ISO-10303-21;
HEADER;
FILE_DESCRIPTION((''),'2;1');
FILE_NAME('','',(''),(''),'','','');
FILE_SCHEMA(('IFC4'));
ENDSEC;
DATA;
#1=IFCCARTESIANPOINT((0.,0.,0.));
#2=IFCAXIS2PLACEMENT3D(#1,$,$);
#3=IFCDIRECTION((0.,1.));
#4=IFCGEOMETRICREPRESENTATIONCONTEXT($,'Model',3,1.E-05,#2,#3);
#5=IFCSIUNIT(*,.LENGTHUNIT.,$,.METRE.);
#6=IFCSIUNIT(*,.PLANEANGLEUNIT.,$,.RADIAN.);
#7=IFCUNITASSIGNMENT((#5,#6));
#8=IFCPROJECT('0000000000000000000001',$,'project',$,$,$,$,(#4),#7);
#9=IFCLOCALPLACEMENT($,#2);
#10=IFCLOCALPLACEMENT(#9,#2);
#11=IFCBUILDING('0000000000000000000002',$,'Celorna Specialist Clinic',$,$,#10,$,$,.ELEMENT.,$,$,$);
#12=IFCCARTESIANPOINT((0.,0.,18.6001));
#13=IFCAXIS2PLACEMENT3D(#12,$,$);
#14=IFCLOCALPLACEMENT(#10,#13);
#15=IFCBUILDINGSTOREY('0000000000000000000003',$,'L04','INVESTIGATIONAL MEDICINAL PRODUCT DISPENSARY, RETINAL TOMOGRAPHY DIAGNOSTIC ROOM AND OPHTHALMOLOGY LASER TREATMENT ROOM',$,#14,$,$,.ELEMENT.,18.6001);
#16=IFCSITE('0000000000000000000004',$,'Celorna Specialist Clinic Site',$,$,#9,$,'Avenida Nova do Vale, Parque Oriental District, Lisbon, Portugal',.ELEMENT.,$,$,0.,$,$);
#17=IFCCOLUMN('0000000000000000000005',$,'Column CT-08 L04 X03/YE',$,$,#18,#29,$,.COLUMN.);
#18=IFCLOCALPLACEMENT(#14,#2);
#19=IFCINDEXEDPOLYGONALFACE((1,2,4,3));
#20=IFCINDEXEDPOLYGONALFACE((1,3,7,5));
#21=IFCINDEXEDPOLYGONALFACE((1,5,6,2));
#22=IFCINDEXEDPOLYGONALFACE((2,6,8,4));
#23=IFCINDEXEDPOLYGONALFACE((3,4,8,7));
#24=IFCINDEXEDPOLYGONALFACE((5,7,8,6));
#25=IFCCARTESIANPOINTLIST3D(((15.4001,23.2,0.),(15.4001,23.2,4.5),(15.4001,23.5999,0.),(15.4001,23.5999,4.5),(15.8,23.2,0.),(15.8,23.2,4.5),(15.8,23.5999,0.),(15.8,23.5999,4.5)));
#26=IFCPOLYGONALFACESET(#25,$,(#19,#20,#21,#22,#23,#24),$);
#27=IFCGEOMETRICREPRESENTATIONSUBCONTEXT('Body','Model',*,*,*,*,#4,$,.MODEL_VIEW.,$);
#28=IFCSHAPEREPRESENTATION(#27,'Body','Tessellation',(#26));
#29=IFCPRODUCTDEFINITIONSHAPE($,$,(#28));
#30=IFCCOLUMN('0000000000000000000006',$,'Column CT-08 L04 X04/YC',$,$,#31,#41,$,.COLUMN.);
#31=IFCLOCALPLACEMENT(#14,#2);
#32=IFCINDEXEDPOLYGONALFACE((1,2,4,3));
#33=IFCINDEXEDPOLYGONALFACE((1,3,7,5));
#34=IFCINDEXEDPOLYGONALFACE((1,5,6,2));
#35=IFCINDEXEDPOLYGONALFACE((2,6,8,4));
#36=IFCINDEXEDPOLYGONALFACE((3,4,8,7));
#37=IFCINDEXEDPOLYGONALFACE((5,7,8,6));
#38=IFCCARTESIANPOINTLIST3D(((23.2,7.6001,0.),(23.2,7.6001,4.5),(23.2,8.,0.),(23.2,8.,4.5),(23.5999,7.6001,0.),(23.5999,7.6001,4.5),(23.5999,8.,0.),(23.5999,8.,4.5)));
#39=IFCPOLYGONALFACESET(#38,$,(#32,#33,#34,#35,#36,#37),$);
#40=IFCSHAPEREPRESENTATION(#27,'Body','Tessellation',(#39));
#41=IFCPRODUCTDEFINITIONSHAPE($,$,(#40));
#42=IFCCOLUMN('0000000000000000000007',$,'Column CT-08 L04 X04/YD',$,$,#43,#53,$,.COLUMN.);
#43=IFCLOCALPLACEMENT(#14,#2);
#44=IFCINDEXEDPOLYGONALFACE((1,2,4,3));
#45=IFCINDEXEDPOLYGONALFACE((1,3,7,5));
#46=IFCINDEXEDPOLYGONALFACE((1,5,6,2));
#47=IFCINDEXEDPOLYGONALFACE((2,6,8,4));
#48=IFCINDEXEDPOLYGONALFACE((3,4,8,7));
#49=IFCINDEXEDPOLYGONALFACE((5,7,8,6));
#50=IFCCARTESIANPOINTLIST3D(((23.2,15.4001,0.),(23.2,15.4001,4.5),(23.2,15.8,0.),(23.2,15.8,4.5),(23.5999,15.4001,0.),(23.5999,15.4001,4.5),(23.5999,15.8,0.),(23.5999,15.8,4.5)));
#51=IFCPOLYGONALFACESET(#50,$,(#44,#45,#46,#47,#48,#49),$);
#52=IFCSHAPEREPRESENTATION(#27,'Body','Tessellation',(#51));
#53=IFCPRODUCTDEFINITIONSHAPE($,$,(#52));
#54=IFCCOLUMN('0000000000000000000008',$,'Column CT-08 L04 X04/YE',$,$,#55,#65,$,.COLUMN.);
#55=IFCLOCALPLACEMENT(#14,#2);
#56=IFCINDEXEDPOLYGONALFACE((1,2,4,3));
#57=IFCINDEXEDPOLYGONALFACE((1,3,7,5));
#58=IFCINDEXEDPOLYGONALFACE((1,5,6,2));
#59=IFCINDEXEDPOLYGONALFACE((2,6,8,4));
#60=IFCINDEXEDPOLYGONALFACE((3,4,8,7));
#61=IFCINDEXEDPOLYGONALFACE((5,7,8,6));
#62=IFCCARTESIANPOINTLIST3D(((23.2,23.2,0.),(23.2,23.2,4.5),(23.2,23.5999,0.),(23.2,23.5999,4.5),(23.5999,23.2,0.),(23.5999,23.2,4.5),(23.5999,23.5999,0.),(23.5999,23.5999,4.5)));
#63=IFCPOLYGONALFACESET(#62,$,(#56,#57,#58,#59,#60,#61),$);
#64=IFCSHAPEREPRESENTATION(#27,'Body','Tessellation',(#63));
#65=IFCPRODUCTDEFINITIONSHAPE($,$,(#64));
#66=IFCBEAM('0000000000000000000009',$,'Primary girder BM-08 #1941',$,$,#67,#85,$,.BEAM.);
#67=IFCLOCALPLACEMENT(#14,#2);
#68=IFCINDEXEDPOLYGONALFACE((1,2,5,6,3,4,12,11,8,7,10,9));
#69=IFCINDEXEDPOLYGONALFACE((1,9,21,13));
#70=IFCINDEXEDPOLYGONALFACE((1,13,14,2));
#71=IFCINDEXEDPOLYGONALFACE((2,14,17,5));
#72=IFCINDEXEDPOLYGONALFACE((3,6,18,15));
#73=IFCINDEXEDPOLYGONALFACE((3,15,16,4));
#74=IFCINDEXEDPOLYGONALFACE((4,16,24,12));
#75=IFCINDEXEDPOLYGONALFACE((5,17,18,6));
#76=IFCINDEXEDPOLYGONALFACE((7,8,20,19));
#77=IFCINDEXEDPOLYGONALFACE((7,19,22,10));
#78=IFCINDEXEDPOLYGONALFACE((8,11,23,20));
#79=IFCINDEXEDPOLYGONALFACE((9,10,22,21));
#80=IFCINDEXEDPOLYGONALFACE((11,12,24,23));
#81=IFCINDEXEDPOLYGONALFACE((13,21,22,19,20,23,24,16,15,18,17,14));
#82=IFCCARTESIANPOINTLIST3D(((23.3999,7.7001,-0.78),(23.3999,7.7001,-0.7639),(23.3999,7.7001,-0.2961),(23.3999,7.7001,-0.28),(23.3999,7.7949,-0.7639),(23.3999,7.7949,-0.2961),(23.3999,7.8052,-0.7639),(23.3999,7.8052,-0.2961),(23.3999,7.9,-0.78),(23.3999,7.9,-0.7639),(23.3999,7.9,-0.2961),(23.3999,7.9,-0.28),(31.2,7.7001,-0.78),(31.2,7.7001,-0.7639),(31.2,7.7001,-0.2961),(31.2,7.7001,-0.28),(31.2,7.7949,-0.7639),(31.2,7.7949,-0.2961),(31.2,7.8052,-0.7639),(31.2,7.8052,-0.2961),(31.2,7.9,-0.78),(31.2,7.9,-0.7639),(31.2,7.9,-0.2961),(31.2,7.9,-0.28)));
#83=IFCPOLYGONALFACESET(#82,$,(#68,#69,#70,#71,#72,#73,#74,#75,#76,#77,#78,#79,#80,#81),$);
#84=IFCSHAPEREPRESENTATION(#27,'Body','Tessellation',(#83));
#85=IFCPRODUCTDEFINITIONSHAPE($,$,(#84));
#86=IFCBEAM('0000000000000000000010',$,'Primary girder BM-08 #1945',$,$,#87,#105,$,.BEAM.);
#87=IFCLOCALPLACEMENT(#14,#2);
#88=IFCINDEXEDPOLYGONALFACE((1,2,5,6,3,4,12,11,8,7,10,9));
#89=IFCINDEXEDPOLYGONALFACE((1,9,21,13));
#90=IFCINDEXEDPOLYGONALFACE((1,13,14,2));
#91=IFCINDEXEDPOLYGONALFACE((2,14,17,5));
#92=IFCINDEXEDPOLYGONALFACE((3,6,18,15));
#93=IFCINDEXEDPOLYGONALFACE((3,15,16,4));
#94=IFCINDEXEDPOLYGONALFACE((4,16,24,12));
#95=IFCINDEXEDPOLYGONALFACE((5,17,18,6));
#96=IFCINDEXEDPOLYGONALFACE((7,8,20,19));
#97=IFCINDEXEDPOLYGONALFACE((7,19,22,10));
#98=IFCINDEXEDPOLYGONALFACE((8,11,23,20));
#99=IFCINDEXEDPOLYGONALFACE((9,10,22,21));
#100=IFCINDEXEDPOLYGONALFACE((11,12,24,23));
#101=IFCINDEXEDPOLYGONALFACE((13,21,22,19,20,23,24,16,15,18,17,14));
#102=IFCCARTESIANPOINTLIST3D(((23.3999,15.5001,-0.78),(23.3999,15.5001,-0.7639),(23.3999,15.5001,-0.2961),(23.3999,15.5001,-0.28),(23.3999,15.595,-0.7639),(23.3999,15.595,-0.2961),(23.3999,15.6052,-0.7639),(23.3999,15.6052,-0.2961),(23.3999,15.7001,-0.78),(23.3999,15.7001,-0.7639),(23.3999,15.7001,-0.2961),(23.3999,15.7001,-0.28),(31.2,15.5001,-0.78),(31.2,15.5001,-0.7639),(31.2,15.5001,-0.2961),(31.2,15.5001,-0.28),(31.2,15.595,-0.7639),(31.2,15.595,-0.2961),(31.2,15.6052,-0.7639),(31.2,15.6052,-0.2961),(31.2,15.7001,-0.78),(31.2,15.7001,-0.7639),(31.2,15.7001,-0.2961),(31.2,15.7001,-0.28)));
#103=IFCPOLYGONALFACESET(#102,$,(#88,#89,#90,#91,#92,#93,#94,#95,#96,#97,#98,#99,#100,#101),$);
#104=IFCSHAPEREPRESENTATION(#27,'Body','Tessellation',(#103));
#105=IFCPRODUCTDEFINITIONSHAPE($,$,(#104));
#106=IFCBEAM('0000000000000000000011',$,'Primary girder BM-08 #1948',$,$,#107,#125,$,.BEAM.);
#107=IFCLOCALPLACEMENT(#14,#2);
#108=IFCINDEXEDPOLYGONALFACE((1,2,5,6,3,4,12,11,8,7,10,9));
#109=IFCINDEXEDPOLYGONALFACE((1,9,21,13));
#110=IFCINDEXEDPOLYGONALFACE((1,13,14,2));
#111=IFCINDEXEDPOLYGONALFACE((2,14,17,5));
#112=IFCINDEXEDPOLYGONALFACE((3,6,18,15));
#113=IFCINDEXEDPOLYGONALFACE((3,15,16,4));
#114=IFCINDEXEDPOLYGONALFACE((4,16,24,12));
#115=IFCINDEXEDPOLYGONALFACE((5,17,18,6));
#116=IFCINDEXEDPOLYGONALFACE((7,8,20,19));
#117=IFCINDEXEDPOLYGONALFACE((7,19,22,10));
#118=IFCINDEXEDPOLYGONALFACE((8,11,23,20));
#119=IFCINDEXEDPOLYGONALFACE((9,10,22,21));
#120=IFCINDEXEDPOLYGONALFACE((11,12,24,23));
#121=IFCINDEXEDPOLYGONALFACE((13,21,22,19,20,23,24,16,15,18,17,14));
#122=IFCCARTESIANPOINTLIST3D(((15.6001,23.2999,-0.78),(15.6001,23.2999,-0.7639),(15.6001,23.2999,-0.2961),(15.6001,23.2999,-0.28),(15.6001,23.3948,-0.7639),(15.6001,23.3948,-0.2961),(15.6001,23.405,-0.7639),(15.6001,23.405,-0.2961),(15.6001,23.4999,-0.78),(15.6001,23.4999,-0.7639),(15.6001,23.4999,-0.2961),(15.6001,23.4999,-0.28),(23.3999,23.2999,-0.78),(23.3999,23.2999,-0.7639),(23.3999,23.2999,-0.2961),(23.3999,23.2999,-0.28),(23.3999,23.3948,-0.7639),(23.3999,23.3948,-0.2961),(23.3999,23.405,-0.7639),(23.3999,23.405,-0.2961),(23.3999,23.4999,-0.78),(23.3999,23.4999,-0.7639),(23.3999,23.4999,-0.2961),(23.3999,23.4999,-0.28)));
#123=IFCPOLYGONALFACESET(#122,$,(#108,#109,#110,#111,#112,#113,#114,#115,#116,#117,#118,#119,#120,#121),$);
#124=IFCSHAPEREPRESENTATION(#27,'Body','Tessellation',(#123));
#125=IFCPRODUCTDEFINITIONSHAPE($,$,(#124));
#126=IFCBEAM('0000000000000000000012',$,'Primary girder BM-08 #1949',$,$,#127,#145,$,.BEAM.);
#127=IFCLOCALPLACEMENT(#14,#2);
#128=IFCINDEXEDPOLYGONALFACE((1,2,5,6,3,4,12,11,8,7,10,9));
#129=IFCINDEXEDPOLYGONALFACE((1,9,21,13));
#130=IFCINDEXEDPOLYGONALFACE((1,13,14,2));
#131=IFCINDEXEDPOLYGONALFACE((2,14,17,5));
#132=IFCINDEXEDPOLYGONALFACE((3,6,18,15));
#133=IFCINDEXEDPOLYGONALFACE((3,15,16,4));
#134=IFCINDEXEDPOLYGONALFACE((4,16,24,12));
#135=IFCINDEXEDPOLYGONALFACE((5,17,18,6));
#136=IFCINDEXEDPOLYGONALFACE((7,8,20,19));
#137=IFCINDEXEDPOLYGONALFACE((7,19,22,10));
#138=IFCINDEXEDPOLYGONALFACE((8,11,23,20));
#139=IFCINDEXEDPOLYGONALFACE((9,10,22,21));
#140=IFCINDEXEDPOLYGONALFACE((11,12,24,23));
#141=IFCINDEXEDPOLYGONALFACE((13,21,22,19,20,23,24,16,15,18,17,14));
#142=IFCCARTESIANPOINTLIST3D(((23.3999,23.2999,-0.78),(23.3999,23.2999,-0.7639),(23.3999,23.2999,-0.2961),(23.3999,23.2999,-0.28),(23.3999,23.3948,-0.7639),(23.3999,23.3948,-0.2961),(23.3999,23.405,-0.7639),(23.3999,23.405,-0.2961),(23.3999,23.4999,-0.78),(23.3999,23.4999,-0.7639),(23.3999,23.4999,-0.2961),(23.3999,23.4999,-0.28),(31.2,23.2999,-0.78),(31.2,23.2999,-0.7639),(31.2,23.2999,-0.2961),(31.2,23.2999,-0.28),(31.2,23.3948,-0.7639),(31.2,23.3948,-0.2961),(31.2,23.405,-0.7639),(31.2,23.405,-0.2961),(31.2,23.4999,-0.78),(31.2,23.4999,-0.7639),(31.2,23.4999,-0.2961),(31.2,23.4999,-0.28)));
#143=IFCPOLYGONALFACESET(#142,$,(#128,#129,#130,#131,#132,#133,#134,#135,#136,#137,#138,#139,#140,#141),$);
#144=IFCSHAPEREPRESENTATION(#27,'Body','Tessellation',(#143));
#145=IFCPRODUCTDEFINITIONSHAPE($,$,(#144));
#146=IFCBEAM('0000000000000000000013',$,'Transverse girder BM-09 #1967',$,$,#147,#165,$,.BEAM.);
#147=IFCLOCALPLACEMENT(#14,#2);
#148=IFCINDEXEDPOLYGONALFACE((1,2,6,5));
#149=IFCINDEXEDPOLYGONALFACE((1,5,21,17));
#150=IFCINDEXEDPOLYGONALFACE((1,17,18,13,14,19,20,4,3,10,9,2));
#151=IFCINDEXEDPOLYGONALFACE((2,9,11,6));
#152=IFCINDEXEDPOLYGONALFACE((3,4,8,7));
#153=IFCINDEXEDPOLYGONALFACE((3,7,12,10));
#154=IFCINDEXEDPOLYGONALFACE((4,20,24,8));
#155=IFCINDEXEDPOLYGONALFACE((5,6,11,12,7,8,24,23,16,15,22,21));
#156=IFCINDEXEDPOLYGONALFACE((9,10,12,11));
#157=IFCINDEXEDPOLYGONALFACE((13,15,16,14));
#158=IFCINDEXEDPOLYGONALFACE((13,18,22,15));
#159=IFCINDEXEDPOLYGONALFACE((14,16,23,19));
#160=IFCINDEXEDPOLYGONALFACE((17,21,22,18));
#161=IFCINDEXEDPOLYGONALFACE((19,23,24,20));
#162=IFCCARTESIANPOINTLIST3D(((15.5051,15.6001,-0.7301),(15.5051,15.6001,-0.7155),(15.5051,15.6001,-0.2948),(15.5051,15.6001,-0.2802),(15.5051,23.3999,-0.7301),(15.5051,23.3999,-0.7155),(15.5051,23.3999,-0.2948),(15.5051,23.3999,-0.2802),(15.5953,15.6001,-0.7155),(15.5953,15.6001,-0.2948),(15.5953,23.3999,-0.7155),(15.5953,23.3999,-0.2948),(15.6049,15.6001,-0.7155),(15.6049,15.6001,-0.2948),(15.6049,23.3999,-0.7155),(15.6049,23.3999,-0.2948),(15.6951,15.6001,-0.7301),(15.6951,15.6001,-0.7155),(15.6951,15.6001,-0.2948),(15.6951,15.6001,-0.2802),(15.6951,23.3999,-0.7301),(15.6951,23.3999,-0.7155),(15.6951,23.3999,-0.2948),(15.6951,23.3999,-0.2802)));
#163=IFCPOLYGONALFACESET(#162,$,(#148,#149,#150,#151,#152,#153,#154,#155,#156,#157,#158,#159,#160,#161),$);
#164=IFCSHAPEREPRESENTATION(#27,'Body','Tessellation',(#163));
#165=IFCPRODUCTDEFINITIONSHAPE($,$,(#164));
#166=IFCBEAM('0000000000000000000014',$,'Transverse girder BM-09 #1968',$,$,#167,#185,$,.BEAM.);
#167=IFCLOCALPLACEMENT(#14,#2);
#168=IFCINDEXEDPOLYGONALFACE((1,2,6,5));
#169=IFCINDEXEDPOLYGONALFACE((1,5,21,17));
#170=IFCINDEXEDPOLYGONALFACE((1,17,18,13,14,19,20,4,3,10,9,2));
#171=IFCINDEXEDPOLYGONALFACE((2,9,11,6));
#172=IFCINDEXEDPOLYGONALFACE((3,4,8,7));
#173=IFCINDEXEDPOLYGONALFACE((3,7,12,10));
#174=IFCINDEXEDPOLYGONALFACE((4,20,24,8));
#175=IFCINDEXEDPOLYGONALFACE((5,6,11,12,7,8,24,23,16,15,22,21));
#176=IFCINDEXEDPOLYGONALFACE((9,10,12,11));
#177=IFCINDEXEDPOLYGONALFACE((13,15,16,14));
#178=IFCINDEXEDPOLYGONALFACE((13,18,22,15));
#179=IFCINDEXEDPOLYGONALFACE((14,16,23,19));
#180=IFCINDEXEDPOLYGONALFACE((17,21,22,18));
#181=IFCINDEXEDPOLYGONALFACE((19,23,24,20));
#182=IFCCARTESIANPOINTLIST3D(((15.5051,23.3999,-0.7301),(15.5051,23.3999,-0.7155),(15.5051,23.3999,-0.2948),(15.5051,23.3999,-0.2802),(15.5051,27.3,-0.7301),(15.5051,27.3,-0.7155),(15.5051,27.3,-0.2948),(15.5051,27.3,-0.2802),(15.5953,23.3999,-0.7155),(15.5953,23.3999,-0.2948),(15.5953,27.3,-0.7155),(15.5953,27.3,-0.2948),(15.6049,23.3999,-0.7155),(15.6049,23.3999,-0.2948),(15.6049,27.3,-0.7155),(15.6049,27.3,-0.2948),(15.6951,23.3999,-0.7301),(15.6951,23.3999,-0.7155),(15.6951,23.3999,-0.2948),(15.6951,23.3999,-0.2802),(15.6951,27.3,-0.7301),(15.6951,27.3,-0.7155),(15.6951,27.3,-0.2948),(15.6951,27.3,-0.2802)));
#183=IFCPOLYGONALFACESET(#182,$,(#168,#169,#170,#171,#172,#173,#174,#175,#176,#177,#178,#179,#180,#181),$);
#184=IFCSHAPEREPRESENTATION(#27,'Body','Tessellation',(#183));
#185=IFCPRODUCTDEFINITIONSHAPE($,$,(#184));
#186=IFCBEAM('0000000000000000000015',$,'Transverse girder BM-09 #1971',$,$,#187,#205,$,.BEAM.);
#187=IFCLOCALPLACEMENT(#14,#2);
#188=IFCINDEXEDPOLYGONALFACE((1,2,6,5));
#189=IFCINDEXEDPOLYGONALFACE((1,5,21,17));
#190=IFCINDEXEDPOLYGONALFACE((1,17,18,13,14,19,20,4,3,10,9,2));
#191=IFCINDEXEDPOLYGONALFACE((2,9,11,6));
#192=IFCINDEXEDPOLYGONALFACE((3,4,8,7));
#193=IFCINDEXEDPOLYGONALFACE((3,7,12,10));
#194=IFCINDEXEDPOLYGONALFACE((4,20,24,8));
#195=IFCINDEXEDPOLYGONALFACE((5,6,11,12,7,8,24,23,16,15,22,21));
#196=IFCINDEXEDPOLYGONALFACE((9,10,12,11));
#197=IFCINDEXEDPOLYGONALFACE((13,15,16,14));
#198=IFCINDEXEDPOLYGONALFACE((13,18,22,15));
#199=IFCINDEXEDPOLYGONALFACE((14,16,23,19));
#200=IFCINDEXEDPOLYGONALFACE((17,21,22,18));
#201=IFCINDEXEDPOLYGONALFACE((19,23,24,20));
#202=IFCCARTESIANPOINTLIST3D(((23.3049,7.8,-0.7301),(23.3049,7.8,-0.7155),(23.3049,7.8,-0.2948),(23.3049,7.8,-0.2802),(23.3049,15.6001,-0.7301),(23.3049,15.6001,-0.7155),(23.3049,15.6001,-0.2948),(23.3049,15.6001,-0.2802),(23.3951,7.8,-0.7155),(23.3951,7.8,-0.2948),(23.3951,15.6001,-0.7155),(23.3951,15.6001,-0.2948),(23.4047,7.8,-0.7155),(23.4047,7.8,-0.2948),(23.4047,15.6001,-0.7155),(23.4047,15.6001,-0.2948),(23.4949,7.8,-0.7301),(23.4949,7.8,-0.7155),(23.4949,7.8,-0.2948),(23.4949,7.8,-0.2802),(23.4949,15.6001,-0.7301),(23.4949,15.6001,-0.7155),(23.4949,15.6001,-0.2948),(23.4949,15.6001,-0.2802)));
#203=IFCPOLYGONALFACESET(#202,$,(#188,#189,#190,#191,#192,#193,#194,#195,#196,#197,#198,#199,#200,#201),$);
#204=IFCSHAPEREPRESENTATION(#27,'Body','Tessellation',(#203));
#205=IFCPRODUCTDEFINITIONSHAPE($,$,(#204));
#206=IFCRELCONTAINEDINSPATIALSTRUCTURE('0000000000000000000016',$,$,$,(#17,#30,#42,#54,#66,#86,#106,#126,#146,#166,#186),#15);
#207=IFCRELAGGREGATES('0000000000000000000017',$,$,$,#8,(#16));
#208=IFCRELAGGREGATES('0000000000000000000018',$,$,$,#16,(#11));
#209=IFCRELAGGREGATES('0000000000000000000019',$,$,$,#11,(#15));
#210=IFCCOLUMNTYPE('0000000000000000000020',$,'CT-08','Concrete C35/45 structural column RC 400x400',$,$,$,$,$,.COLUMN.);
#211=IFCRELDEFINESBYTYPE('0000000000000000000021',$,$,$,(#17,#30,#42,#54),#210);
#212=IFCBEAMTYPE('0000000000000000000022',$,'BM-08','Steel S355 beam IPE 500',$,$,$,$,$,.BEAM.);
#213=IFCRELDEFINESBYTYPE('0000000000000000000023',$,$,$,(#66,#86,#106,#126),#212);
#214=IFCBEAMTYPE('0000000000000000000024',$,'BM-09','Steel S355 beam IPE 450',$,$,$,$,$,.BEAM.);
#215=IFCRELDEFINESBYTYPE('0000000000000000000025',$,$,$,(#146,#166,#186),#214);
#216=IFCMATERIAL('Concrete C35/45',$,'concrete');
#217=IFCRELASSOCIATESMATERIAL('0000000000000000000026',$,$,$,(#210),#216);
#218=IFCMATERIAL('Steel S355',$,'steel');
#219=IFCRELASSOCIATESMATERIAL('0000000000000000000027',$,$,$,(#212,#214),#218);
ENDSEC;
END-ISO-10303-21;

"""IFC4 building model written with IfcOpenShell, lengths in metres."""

from ifc_helpers import new_model, si_unit, direction, frame, origin, origin_2d, place, context, subcontext, project, spatial, rectangle, i_section, extrude, material, material_profile, profile_set, type_object, element, save


model = new_model("IFC4")

# Units and contexts
model_context = context("Model", 3, precision=1e-05, world=origin(), true_north=direction((0.0, 1.0)))
body_context = subcontext(model_context, "Body", "Model", "MODEL_VIEW")
ifc_project = project(units=[si_unit("LENGTHUNIT", "METRE"), si_unit("PLANEANGLEUNIT", "RADIAN")], contexts=[model_context])

# Site, building, storey
site_placement = place(None, origin())
site = spatial("IfcSite", under=ifc_project, at=site_placement, Name="Celorna Specialist Clinic Site", LongName="Avenida Nova do Vale, Parque Oriental District, Lisbon, Portugal", CompositionType="ELEMENT", RefElevation=0.0)
building_placement = place(site_placement, origin())
building = spatial("IfcBuilding", under=site, at=building_placement, Name="Celorna Specialist Clinic", CompositionType="ELEMENT")
storey_placement = place(building_placement, frame((0.0, 0.0, 18.6001)))
storey = spatial("IfcBuildingStorey", under=building, at=storey_placement, Name="L04", Description="INVESTIGATIONAL MEDICINAL PRODUCT DISPENSARY, RETINAL TOMOGRAPHY DIAGNOSTIC ROOM AND OPHTHALMOLOGY LASER TREATMENT ROOM", CompositionType="ELEMENT", Elevation=18.6001)

# Columns
ifc_material_1 = material(Name="Concrete C35/45", Category="concrete")
ifc_material_profile_1 = material_profile(ifc_material_1, rectangle(XDim=0.3999, YDim=0.3999, at=origin_2d()), Name="RC 400x400")
ifc_profile_set_1 = profile_set([ifc_material_profile_1], Name="Concrete C35/45")
column_type = type_object("IfcColumnType", Name="CT-08", Description="Concrete C35/45 structural column RC 400x400", PredefinedType="COLUMN", material=ifc_profile_set_1)
for number, where, z_axis, x_axis, name in (
    (1, (15.6001, 23.3999, 0.0), (0.0, 0.0, 1.0), (1.0, 0.0, 0.0), "Column CT-08 L04 X03/YE"),
    (2, (23.3999, 7.8, 0.0), (0.0, 0.0, 1.0), (1.0, 0.0, 0.0), "Column CT-08 L04 X04/YC"),
    (3, (23.3999, 15.6001, 0.0), (0.0, 0.0, 1.0), (1.0, 0.0, 0.0), "Column CT-08 L04 X04/YD"),
    (4, (23.3999, 23.3999, 0.0), (0.0, 0.0, 1.0), (1.0, 0.0, 0.0), "Column CT-08 L04 X04/YE"),
):
    element("IfcColumn", number, at=place(storey_placement, frame(where, z_axis=z_axis, x_axis=x_axis)), inside=storey, type_object=column_type, Name=name, PredefinedType="COLUMN", context=body_context, shape_type="SweptSolid", body=[
        extrude(rectangle(XDim=0.3999, YDim=0.3999, at=origin_2d()), origin(), (0.0, 0.0, 1.0), 4.5),
    ])

# Beams
ifc_material_2 = material(Name="Steel S355", Category="steel")
ifc_material_profile_2 = material_profile(ifc_material_2, i_section(OverallWidth=0.2, OverallDepth=0.5, WebThickness=0.0103, FlangeThickness=0.0161, at=origin_2d()), Name="IPE 500")
ifc_profile_set_2 = profile_set([ifc_material_profile_2], Name="Steel S355")
beam_type_1 = type_object("IfcBeamType", Name="BM-08", Description="Steel S355 beam IPE 500", PredefinedType="BEAM", material=ifc_profile_set_2)
for number, where, z_axis, x_axis, name in (
    (5, (23.3999, 7.8, -0.53), (1.0, 0.0, 0.0), (0.0, 1.0, 0.0), "Primary girder BM-08 #1941"),
    (6, (23.3999, 15.6001, -0.53), (1.0, 0.0, 0.0), (0.0, 1.0, 0.0), "Primary girder BM-08 #1945"),
):
    element("IfcBeam", number, at=place(storey_placement, frame(where, z_axis=z_axis, x_axis=x_axis)), inside=storey, type_object=beam_type_1, Name=name, PredefinedType="BEAM", context=body_context, shape_type="SweptSolid", body=[
        extrude(i_section(OverallWidth=0.2, OverallDepth=0.5, WebThickness=0.0103, FlangeThickness=0.0161, at=origin_2d()), origin(), (0.0, 0.0, 1.0), 7.8),
    ])
beam_1_placement = place(storey_placement, frame((15.6001, 23.3999, -0.53), z_axis=(1.0, 0.0, 0.0), x_axis=(0.0, 1.0, 0.0)))
element("IfcBeam", 7, at=beam_1_placement, inside=storey, type_object=beam_type_1, Name="Primary girder BM-08 #1948", PredefinedType="BEAM", context=body_context, shape_type="SweptSolid", body=[
    extrude(i_section(OverallWidth=0.2, OverallDepth=0.5, WebThickness=0.0103, FlangeThickness=0.0161, at=origin_2d()), origin(), (0.0, 0.0, 1.0), 7.7998),
])
beam_2_placement = place(storey_placement, frame((23.3999, 23.3999, -0.53), z_axis=(1.0, 0.0, 0.0), x_axis=(0.0, 1.0, 0.0)))
element("IfcBeam", 8, at=beam_2_placement, inside=storey, type_object=beam_type_1, Name="Primary girder BM-08 #1949", PredefinedType="BEAM", context=body_context, shape_type="SweptSolid", body=[
    extrude(i_section(OverallWidth=0.2, OverallDepth=0.5, WebThickness=0.0103, FlangeThickness=0.0161, at=origin_2d()), origin(), (0.0, 0.0, 1.0), 7.8),
])
ifc_material_profile_3 = material_profile(ifc_material_2, i_section(OverallWidth=0.1899, OverallDepth=0.45, WebThickness=0.0095, FlangeThickness=0.0146, at=origin_2d()), Name="IPE 450")
ifc_profile_set_3 = profile_set([ifc_material_profile_3], Name="Steel S355")
beam_type_2 = type_object("IfcBeamType", Name="BM-09", Description="Steel S355 beam IPE 450", PredefinedType="BEAM", material=ifc_profile_set_3)
beam_3_placement = place(storey_placement, frame((15.6001, 15.6001, -0.5051), z_axis=(0.0, 1.0, 0.0), x_axis=(-1.0, 0.0, 0.0)))
element("IfcBeam", 9, at=beam_3_placement, inside=storey, type_object=beam_type_2, Name="Transverse girder BM-09 #1967", PredefinedType="BEAM", context=body_context, shape_type="SweptSolid", body=[
    extrude(i_section(OverallWidth=0.1899, OverallDepth=0.45, WebThickness=0.0095, FlangeThickness=0.0146, at=origin_2d()), origin(), (0.0, 0.0, 1.0), 7.7998),
])
beam_4_placement = place(storey_placement, frame((15.6001, 23.3999, -0.5051), z_axis=(0.0, 1.0, 0.0), x_axis=(-1.0, 0.0, 0.0)))
element("IfcBeam", 10, at=beam_4_placement, inside=storey, type_object=beam_type_2, Name="Transverse girder BM-09 #1968", PredefinedType="BEAM", context=body_context, shape_type="SweptSolid", body=[
    extrude(i_section(OverallWidth=0.1899, OverallDepth=0.45, WebThickness=0.0095, FlangeThickness=0.0146, at=origin_2d()), origin(), (0.0, 0.0, 1.0), 3.9001),
])
beam_5_placement = place(storey_placement, frame((23.3999, 7.8, -0.5051), z_axis=(0.0, 1.0, 0.0), x_axis=(-1.0, 0.0, 0.0)))
element("IfcBeam", 11, at=beam_5_placement, inside=storey, type_object=beam_type_2, Name="Transverse girder BM-09 #1971", PredefinedType="BEAM", context=body_context, shape_type="SweptSolid", body=[
    extrude(i_section(OverallWidth=0.1899, OverallDepth=0.45, WebThickness=0.0095, FlangeThickness=0.0146, at=origin_2d()), origin(), (0.0, 0.0, 1.0), 7.8),
])

save(model, "model.ifc")
